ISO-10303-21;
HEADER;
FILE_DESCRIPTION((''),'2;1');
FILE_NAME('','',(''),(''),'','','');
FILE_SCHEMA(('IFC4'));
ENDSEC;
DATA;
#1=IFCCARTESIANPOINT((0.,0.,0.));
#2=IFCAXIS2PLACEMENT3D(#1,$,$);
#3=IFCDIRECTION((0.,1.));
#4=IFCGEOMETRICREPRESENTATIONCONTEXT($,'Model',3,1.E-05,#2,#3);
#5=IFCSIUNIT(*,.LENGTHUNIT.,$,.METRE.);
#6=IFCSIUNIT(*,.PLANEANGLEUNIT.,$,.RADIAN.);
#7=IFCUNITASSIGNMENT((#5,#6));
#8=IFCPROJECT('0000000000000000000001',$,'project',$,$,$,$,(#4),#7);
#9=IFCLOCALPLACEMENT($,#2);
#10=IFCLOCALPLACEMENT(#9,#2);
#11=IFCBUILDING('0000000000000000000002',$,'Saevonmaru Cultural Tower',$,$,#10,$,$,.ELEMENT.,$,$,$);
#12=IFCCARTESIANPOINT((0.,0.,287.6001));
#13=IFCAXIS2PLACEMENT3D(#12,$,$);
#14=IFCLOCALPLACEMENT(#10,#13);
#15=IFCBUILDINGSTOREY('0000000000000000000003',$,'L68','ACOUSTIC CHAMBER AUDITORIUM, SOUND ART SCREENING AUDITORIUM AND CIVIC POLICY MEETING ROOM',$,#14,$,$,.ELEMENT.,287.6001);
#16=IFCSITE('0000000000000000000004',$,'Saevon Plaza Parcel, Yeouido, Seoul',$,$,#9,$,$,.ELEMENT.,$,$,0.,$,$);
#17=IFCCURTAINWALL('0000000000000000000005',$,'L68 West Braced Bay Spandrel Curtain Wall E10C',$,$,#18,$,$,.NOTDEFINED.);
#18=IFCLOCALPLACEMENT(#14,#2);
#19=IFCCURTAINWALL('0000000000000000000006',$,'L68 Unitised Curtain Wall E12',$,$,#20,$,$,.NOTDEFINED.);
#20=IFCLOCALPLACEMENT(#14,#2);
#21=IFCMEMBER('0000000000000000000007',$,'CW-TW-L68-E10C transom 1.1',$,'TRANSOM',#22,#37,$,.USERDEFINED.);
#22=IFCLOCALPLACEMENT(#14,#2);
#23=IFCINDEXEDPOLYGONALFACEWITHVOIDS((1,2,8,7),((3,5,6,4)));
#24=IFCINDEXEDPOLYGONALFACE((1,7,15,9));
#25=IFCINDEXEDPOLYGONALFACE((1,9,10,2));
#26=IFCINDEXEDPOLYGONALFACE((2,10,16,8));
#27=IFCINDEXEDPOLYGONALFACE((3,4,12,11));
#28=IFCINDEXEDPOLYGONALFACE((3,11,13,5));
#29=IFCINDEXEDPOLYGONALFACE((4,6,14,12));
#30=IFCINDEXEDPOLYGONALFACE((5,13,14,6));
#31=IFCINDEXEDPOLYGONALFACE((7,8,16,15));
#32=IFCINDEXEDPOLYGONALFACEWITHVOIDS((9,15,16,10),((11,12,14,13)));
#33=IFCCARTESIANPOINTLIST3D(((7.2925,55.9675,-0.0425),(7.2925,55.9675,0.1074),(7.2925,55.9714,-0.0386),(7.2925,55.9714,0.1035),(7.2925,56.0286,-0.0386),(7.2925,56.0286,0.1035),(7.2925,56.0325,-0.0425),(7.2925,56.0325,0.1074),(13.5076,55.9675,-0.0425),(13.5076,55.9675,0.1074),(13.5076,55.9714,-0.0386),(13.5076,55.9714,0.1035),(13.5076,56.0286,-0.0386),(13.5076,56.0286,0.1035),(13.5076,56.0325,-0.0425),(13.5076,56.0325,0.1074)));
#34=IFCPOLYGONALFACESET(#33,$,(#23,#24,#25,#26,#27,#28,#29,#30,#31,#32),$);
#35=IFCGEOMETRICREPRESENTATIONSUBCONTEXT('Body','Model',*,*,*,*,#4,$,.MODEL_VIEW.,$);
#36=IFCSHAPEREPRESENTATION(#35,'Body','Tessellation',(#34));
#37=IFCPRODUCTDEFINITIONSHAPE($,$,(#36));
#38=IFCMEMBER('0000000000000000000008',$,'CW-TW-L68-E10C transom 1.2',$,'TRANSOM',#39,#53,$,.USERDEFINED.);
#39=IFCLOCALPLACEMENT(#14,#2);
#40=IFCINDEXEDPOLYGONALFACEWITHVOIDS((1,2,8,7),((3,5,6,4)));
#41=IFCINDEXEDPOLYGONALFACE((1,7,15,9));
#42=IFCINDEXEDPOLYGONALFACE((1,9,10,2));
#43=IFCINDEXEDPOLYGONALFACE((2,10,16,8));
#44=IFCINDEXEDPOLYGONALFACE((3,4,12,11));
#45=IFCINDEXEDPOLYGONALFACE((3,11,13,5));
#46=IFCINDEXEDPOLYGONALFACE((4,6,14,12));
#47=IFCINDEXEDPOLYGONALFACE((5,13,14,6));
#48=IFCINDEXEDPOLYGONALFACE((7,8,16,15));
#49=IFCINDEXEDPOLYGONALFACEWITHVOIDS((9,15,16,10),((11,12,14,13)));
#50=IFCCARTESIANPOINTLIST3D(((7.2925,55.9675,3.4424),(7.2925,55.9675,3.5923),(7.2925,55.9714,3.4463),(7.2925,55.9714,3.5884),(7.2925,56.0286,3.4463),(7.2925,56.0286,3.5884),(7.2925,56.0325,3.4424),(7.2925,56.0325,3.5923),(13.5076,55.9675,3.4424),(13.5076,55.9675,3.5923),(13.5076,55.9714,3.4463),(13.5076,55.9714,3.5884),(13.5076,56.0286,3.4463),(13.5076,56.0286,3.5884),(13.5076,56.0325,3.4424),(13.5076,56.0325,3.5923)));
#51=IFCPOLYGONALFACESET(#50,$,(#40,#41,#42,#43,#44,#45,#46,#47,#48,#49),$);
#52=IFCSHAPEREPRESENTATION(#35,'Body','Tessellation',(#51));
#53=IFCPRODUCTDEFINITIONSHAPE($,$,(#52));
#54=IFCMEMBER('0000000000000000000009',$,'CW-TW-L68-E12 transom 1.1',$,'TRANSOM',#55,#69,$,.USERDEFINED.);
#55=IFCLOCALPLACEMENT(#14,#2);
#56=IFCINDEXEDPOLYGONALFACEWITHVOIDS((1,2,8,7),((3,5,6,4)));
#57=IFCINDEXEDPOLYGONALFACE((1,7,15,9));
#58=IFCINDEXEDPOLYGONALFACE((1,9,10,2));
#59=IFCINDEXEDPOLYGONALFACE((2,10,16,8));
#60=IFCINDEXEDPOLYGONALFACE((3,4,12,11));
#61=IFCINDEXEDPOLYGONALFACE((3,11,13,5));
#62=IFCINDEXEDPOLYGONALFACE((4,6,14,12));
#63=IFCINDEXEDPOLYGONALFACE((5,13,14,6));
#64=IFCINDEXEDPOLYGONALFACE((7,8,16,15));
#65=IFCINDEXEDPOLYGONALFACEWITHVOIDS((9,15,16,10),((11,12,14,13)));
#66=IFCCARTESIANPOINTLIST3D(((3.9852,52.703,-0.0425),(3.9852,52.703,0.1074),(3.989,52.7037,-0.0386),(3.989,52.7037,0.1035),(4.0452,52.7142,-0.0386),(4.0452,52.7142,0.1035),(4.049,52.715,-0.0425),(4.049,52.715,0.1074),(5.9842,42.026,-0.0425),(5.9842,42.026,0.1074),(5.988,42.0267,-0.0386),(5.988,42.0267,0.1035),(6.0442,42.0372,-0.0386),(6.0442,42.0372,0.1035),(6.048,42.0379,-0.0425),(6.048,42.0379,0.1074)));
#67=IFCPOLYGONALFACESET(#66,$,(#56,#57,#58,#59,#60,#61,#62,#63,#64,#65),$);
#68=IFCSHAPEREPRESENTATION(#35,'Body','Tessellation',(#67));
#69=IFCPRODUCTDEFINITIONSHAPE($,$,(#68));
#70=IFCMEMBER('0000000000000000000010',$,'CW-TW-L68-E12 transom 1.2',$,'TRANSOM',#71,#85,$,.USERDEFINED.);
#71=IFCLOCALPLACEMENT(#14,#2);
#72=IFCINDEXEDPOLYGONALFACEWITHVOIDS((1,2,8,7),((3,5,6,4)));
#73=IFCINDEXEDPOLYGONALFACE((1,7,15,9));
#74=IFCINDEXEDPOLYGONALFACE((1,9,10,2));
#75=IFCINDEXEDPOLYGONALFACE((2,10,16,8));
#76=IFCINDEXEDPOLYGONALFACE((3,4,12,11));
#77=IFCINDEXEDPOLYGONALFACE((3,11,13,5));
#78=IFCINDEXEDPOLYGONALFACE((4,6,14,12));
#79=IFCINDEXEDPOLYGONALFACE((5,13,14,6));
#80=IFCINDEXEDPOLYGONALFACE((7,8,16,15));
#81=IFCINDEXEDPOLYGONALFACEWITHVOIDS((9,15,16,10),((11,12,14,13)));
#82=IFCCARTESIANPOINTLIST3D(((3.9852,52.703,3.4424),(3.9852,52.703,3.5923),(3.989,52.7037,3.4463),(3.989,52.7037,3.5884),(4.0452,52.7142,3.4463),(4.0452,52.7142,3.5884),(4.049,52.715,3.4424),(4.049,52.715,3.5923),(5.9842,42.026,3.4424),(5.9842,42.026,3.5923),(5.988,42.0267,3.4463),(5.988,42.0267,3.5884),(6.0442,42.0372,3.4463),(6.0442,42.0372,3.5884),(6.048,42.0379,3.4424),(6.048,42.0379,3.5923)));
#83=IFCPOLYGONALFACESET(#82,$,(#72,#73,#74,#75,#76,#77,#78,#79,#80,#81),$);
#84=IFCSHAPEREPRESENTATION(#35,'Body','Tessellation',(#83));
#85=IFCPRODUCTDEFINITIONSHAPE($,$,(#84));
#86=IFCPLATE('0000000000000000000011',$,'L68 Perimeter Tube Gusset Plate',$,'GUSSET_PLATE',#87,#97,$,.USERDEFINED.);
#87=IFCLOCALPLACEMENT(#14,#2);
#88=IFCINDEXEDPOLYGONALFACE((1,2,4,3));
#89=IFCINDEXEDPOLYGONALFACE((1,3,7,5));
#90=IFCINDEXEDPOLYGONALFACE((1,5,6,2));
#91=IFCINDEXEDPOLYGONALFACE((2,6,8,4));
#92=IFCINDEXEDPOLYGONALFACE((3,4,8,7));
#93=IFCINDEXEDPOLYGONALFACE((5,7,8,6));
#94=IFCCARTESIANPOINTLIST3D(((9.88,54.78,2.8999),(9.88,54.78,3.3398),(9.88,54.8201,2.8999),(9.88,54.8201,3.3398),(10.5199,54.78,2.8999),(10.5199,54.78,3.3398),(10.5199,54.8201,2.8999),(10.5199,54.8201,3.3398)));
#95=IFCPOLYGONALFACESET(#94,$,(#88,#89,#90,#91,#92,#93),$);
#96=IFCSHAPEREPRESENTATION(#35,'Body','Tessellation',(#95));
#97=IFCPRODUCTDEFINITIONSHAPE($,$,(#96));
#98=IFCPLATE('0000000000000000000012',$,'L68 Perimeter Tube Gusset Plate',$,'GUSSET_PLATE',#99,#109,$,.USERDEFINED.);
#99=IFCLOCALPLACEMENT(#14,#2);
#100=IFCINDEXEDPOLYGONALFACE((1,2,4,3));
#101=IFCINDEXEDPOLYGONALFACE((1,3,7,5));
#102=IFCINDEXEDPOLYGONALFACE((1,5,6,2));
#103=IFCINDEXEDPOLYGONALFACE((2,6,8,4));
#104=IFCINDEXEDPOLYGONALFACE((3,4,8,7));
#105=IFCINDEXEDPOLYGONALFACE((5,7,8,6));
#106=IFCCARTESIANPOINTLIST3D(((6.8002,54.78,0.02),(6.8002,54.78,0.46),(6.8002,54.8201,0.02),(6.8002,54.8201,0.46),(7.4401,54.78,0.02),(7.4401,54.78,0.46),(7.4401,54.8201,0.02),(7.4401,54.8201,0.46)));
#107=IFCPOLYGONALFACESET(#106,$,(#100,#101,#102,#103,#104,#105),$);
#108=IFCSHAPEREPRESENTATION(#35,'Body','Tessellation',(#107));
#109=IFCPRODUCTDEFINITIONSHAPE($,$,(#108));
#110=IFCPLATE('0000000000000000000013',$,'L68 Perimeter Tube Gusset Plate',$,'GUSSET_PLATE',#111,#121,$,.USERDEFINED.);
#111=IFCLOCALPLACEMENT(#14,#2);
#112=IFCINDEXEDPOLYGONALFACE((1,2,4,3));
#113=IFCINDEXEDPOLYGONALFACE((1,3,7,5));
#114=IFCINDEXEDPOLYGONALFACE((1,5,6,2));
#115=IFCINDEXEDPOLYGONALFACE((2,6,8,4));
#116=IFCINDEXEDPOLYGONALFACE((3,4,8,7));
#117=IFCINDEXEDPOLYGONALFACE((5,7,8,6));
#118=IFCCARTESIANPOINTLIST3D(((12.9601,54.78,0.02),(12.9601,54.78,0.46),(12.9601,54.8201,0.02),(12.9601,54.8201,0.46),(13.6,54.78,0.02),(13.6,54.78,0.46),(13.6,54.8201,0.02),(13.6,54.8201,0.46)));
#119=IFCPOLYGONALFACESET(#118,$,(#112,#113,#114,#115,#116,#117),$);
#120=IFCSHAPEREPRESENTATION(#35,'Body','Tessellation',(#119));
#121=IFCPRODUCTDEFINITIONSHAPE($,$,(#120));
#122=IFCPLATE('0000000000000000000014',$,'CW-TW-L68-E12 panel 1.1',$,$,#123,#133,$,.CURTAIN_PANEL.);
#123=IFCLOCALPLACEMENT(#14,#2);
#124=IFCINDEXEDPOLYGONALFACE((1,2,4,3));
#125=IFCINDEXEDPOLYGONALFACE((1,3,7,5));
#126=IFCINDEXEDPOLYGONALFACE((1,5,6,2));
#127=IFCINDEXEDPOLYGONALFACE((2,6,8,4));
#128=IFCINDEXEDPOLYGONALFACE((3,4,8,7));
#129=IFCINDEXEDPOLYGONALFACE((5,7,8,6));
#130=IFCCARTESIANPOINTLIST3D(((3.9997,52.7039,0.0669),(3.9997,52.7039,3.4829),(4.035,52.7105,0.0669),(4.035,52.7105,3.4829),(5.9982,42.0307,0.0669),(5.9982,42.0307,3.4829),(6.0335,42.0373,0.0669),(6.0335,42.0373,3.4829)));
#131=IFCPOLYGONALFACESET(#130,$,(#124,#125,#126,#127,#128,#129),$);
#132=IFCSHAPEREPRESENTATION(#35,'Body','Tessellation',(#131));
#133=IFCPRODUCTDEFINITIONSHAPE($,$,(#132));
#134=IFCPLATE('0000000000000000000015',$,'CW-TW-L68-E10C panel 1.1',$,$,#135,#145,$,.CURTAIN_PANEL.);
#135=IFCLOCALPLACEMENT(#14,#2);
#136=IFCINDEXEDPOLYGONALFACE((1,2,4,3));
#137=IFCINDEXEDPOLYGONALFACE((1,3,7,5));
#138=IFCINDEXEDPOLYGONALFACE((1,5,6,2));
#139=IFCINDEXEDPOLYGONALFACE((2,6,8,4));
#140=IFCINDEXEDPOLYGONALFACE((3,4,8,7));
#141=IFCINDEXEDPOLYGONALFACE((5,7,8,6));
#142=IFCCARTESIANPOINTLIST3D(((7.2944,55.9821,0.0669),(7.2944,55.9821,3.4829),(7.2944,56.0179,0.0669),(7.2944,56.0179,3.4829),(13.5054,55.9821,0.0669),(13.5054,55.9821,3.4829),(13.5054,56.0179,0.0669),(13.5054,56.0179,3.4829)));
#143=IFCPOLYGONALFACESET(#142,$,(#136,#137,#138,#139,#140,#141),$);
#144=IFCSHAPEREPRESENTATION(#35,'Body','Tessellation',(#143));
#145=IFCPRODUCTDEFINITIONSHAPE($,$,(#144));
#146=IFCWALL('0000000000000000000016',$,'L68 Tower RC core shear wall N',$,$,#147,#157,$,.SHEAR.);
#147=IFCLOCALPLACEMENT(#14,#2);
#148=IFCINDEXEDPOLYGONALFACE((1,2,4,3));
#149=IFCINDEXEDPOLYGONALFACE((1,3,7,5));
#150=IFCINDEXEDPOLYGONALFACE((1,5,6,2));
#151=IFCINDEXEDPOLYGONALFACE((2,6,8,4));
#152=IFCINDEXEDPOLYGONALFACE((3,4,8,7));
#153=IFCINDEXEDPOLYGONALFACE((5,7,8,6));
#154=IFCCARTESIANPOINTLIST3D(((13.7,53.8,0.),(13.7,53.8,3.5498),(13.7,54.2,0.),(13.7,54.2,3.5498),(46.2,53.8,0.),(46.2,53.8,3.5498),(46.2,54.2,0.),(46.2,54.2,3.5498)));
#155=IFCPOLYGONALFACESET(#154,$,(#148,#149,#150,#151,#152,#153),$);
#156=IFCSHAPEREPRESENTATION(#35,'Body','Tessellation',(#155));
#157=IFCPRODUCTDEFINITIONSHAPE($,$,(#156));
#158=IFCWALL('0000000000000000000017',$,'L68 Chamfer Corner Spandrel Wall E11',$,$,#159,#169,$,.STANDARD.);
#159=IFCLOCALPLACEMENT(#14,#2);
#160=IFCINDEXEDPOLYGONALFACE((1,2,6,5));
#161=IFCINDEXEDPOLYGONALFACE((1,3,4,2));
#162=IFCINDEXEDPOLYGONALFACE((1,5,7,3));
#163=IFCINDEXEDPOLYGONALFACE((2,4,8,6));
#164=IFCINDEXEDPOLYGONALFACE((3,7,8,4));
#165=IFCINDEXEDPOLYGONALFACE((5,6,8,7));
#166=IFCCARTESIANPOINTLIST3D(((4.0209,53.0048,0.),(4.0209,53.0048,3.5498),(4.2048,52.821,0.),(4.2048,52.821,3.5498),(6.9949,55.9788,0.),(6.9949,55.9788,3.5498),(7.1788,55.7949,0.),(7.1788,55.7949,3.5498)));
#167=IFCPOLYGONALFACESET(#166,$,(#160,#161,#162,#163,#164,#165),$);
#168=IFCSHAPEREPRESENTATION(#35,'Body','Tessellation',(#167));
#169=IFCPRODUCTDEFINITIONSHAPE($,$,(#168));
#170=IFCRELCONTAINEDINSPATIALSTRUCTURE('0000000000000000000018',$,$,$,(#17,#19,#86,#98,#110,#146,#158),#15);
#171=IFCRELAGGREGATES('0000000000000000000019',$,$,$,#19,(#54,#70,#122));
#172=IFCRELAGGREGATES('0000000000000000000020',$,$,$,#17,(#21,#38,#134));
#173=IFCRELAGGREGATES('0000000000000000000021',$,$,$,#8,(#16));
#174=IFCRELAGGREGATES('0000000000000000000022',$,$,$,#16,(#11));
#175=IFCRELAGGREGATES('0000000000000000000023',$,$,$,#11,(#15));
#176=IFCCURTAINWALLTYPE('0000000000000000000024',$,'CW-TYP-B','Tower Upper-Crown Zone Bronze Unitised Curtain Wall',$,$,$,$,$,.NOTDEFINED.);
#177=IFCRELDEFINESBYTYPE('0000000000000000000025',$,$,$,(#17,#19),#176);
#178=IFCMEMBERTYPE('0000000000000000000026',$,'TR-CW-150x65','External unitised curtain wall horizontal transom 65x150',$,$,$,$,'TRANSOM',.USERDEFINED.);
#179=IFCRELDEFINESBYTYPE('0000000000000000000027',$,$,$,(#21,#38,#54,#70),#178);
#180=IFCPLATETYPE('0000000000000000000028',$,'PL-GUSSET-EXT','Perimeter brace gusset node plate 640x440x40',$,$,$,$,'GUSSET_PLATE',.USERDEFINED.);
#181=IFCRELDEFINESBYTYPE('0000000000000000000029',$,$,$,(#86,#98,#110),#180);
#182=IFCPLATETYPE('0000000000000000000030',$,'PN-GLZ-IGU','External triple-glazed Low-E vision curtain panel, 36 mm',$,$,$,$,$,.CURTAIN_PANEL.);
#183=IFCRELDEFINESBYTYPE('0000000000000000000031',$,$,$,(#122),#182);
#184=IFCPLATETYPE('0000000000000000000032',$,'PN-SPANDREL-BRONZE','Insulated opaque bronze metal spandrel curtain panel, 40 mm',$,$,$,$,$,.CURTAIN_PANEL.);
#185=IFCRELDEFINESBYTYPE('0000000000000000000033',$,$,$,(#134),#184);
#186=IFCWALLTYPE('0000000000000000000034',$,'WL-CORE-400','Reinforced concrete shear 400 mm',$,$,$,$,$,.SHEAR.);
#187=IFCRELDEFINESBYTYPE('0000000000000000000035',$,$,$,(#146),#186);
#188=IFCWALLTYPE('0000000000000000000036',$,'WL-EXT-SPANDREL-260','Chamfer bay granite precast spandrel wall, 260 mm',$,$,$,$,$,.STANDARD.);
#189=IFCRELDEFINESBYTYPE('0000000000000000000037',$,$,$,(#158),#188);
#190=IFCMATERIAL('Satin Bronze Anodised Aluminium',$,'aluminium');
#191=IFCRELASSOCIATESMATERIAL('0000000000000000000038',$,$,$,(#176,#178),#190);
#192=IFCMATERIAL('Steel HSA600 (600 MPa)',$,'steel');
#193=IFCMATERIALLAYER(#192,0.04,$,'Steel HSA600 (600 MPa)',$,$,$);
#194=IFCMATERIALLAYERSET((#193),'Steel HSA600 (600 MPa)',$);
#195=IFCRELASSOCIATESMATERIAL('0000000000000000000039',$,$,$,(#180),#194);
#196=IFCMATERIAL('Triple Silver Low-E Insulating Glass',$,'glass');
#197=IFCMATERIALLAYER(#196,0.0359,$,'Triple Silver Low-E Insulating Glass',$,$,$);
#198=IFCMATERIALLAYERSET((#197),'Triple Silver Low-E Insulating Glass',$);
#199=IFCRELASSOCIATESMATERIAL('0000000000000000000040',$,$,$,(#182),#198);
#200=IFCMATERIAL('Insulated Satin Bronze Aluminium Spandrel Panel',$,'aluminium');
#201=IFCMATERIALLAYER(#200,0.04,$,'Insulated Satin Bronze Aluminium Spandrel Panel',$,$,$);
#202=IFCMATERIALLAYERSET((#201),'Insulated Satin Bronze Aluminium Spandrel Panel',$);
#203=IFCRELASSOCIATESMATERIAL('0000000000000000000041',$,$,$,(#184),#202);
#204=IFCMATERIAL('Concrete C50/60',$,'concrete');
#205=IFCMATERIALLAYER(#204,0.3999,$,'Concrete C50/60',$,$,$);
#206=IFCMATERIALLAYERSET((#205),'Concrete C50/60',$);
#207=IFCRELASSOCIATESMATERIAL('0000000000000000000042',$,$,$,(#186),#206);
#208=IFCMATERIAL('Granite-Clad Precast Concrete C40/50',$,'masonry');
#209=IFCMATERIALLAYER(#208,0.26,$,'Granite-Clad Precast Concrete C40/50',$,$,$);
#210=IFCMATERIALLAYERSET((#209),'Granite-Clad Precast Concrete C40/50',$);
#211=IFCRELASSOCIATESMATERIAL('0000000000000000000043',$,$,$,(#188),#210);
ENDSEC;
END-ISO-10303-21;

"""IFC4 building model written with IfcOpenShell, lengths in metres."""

from ifc_helpers import new_model, si_unit, direction, frame, frame_2d, origin, origin_2d, place, context, subcontext, project, spatial, rectangle, hollow_rectangle, extrude, material, layer, layer_set, material_profile, profile_set, type_object, element, aggregate, save


model = new_model("IFC4")

# Units and contexts
model_context = context("Model", 3, precision=1e-05, world=origin(), true_north=direction((0.0, 1.0)))
body_context = subcontext(model_context, "Body", "Model", "MODEL_VIEW")
ifc_project = project(units=[si_unit("LENGTHUNIT", "METRE"), si_unit("PLANEANGLEUNIT", "RADIAN")], contexts=[model_context])

# Site, building, storey
site_placement = place(None, origin())
site = spatial("IfcSite", under=ifc_project, at=site_placement, Name="Saevon Plaza Parcel, Yeouido, Seoul", CompositionType="ELEMENT", RefElevation=0.0)
building_placement = place(site_placement, origin())
building = spatial("IfcBuilding", under=site, at=building_placement, Name="Saevonmaru Cultural Tower", CompositionType="ELEMENT")
storey_placement = place(building_placement, frame((0.0, 0.0, 287.6001)))
storey = spatial("IfcBuildingStorey", under=building, at=storey_placement, Name="L68", Description="ACOUSTIC CHAMBER AUDITORIUM, SOUND ART SCREENING AUDITORIUM AND CIVIC POLICY MEETING ROOM", CompositionType="ELEMENT", Elevation=287.6001)

# Shared definitions
ifc_material_1 = material(Name="Satin Bronze Anodised Aluminium", Category="aluminium")
curtain_wall_type = type_object("IfcCurtainWallType", Name="CW-TYP-B", Description="Tower Upper-Crown Zone Bronze Unitised Curtain Wall", PredefinedType="NOTDEFINED", material=ifc_material_1)

# Curtain wall
curtain_wall_1_placement = place(storey_placement, origin())
curtain_wall_1 = element("IfcCurtainWall", 1, at=curtain_wall_1_placement, inside=storey, type_object=curtain_wall_type, Name="L68 West Braced Bay Spandrel Curtain Wall E10C", PredefinedType="NOTDEFINED")

# Curtain wall
curtain_wall_2_placement = place(storey_placement, origin())
curtain_wall_2 = element("IfcCurtainWall", 2, at=curtain_wall_2_placement, inside=storey, type_object=curtain_wall_type, Name="L68 Unitised Curtain Wall E12", PredefinedType="NOTDEFINED")

# Members
ifc_material_profile_1 = material_profile(ifc_material_1, hollow_rectangle(XDim=0.0649, YDim=0.1499, WallThickness=0.0039, at=origin_2d()), Name="ALU-TRAN-150x65x4")
ifc_profile_set_1 = profile_set([ifc_material_profile_1], Name="Satin Bronze Anodised Aluminium")
member_type_1 = type_object("IfcMemberType", Name="TR-CW-150x65", Description="External unitised curtain wall horizontal transom 65x150", ElementType="TRANSOM", PredefinedType="USERDEFINED", material=ifc_profile_set_1)
member_1_placement = place(storey_placement, frame((13.5076, 56.0, 0.0325), z_axis=(-1.0, 0.0, 0.0), x_axis=(0.0, -1.0, 0.0)))
member_1 = element("IfcMember", 3, at=member_1_placement, type_object=member_type_1, Name="CW-TW-L68-E10C transom 1.1", ObjectType="TRANSOM", PredefinedType="USERDEFINED", context=body_context, shape_type="SweptSolid", body=[
    extrude(hollow_rectangle(XDim=0.0649, YDim=0.1499, WallThickness=0.0039, at=origin_2d()), origin(), (0.0, 0.0, 1.0), 6.2151),
])
member_2_placement = place(storey_placement, frame((13.5076, 56.0, 3.5173), z_axis=(-1.0, 0.0, 0.0), x_axis=(0.0, -1.0, 0.0)))
member_2 = element("IfcMember", 4, at=member_2_placement, type_object=member_type_1, Name="CW-TW-L68-E10C transom 1.2", ObjectType="TRANSOM", PredefinedType="USERDEFINED", context=body_context, shape_type="SweptSolid", body=[
    extrude(hollow_rectangle(XDim=0.0649, YDim=0.1499, WallThickness=0.0039, at=origin_2d()), origin(), (0.0, 0.0, 1.0), 6.2151),
])
member_3_placement = place(storey_placement, frame((4.0171, 52.709, 0.0325), z_axis=(0.184029, -0.982921, 0.0), x_axis=(0.982921, 0.184029, 0.0)))
member_3 = element("IfcMember", 5, at=member_3_placement, type_object=member_type_1, Name="CW-TW-L68-E12 transom 1.1", ObjectType="TRANSOM", PredefinedType="USERDEFINED", context=body_context, shape_type="SweptSolid", body=[
    extrude(hollow_rectangle(XDim=0.0649, YDim=0.1499, WallThickness=0.0039, at=origin_2d()), origin(), (0.0, 0.0, 1.0), 10.8625),
])
member_4_placement = place(storey_placement, frame((4.0171, 52.709, 3.5173), z_axis=(0.184029, -0.982921, 0.0), x_axis=(0.982921, 0.184029, 0.0)))
member_4 = element("IfcMember", 6, at=member_4_placement, type_object=member_type_1, Name="CW-TW-L68-E12 transom 1.2", ObjectType="TRANSOM", PredefinedType="USERDEFINED", context=body_context, shape_type="SweptSolid", body=[
    extrude(hollow_rectangle(XDim=0.0649, YDim=0.1499, WallThickness=0.0039, at=origin_2d()), origin(), (0.0, 0.0, 1.0), 10.8625),
])

# Plates
ifc_material_2 = material(Name="Steel HSA600 (600 MPa)", Category="steel")
ifc_layer_1 = layer(ifc_material_2, 0.04, Name="Steel HSA600 (600 MPa)")
ifc_layer_set_1 = layer_set([ifc_layer_1], Name="Steel HSA600 (600 MPa)")
plate_type_1 = type_object("IfcPlateType", Name="PL-GUSSET-EXT", Description="Perimeter brace gusset node plate 640x440x40", ElementType="GUSSET_PLATE", PredefinedType="USERDEFINED", material=ifc_layer_set_1)
for number, where, z_axis, x_axis, name in (
    (7, (10.2, 54.8, 2.8999), (0.0, 0.0, 1.0), (1.0, 0.0, 0.0), "L68 Perimeter Tube Gusset Plate"),
    (8, (7.1201, 54.8, 0.02), (0.0, 0.0, 1.0), (1.0, 0.0, 0.0), "L68 Perimeter Tube Gusset Plate"),
    (9, (13.28, 54.8, 0.02), (0.0, 0.0, 1.0), (1.0, 0.0, 0.0), "L68 Perimeter Tube Gusset Plate"),
):
    element("IfcPlate", number, at=place(storey_placement, frame(where, z_axis=z_axis, x_axis=x_axis)), inside=storey, type_object=plate_type_1, Name=name, ObjectType="GUSSET_PLATE", PredefinedType="USERDEFINED", context=body_context, shape_type="SweptSolid", body=[
        extrude(rectangle(XDim=0.6399, YDim=0.04, at=origin_2d()), origin(), (0.0, 0.0, 1.0), 0.4399),
    ])

# Plates
ifc_material_3 = material(Name="Triple Silver Low-E Insulating Glass", Category="glass")
ifc_layer_2 = layer(ifc_material_3, 0.0359, Name="Triple Silver Low-E Insulating Glass")
ifc_layer_set_2 = layer_set([ifc_layer_2], Name="Triple Silver Low-E Insulating Glass")
plate_type_2 = type_object("IfcPlateType", Name="PN-GLZ-IGU", Description="External triple-glazed Low-E vision curtain panel, 36 mm", PredefinedType="CURTAIN_PANEL", material=ifc_layer_set_2)
plate_1_placement = place(storey_placement, frame((5.0166, 47.3706, 0.0669), z_axis=(0.0, 0.0, 1.0), x_axis=(0.184047, -0.982918, 0.0)))
plate_1 = element("IfcPlate", 10, at=plate_1_placement, type_object=plate_type_2, Name="CW-TW-L68-E12 panel 1.1", PredefinedType="CURTAIN_PANEL", context=body_context, shape_type="SweptSolid", body=[
    extrude(rectangle(XDim=10.8586, YDim=0.0359, at=origin_2d()), origin(), (0.0, 0.0, 1.0), 3.416),
])
aggregate(curtain_wall_2, [member_3, member_4, plate_1])
ifc_material_4 = material(Name="Insulated Satin Bronze Aluminium Spandrel Panel", Category="aluminium")
ifc_layer_3 = layer(ifc_material_4, 0.04, Name="Insulated Satin Bronze Aluminium Spandrel Panel")
ifc_layer_set_3 = layer_set([ifc_layer_3], Name="Insulated Satin Bronze Aluminium Spandrel Panel")
plate_type_3 = type_object("IfcPlateType", Name="PN-SPANDREL-BRONZE", Description="Insulated opaque bronze metal spandrel curtain panel, 40 mm", PredefinedType="CURTAIN_PANEL", material=ifc_layer_set_3)
plate_2_placement = place(storey_placement, frame((10.3999, 56.0, 0.0669), z_axis=(0.0, 0.0, 1.0), x_axis=(-1.0, 0.0, 0.0)))
plate_2 = element("IfcPlate", 11, at=plate_2_placement, type_object=plate_type_3, Name="CW-TW-L68-E10C panel 1.1", PredefinedType="CURTAIN_PANEL", context=body_context, shape_type="SweptSolid", body=[
    extrude(rectangle(XDim=6.2109, YDim=0.0359, at=origin_2d()), origin(), (0.0, 0.0, 1.0), 3.416),
])
aggregate(curtain_wall_1, [member_1, member_2, plate_2])

# Walls
ifc_material_5 = material(Name="Concrete C50/60", Category="concrete")
ifc_layer_4 = layer(ifc_material_5, 0.3999, Name="Concrete C50/60")
ifc_layer_set_4 = layer_set([ifc_layer_4], Name="Concrete C50/60")
wall_type_1 = type_object("IfcWallType", Name="WL-CORE-400", Description="Reinforced concrete shear 400 mm", PredefinedType="SHEAR", material=ifc_layer_set_4)
wall_1_placement = place(storey_placement, frame((13.7, 54.0, 0.0), z_axis=(0.0, 0.0, 1.0), x_axis=(1.0, 0.0, 0.0)))
element("IfcWall", 12, at=wall_1_placement, inside=storey, type_object=wall_type_1, Name="L68 Tower RC core shear wall N", PredefinedType="SHEAR", context=body_context, shape_type="SweptSolid", body=[
    extrude(rectangle(XDim=32.5, YDim=0.3999, at=frame_2d((16.25, 0.0))), origin(), (0.0, 0.0, 1.0), 3.5498),
])
ifc_material_6 = material(Name="Granite-Clad Precast Concrete C40/50", Category="masonry")
ifc_layer_5 = layer(ifc_material_6, 0.26, Name="Granite-Clad Precast Concrete C40/50")
ifc_layer_set_5 = layer_set([ifc_layer_5], Name="Granite-Clad Precast Concrete C40/50")
wall_type_2 = type_object("IfcWallType", Name="WL-EXT-SPANDREL-260", Description="Chamfer bay granite precast spandrel wall, 260 mm", PredefinedType="STANDARD", material=ifc_layer_set_5)
wall_2_placement = place(storey_placement, frame((7.0869, 55.887, 0.0), z_axis=(0.0, 0.0, 1.0), x_axis=(-0.707107, -0.707107, 0.0)))
element("IfcWall", 13, at=wall_2_placement, inside=storey, type_object=wall_type_2, Name="L68 Chamfer Corner Spandrel Wall E11", PredefinedType="STANDARD", context=body_context, shape_type="SweptSolid", body=[
    extrude(rectangle(XDim=4.2058, YDim=0.26, at=frame_2d((2.103, 0.0))), origin(), (0.0, 0.0, 1.0), 3.5498),
])

save(model, "model.ifc")
